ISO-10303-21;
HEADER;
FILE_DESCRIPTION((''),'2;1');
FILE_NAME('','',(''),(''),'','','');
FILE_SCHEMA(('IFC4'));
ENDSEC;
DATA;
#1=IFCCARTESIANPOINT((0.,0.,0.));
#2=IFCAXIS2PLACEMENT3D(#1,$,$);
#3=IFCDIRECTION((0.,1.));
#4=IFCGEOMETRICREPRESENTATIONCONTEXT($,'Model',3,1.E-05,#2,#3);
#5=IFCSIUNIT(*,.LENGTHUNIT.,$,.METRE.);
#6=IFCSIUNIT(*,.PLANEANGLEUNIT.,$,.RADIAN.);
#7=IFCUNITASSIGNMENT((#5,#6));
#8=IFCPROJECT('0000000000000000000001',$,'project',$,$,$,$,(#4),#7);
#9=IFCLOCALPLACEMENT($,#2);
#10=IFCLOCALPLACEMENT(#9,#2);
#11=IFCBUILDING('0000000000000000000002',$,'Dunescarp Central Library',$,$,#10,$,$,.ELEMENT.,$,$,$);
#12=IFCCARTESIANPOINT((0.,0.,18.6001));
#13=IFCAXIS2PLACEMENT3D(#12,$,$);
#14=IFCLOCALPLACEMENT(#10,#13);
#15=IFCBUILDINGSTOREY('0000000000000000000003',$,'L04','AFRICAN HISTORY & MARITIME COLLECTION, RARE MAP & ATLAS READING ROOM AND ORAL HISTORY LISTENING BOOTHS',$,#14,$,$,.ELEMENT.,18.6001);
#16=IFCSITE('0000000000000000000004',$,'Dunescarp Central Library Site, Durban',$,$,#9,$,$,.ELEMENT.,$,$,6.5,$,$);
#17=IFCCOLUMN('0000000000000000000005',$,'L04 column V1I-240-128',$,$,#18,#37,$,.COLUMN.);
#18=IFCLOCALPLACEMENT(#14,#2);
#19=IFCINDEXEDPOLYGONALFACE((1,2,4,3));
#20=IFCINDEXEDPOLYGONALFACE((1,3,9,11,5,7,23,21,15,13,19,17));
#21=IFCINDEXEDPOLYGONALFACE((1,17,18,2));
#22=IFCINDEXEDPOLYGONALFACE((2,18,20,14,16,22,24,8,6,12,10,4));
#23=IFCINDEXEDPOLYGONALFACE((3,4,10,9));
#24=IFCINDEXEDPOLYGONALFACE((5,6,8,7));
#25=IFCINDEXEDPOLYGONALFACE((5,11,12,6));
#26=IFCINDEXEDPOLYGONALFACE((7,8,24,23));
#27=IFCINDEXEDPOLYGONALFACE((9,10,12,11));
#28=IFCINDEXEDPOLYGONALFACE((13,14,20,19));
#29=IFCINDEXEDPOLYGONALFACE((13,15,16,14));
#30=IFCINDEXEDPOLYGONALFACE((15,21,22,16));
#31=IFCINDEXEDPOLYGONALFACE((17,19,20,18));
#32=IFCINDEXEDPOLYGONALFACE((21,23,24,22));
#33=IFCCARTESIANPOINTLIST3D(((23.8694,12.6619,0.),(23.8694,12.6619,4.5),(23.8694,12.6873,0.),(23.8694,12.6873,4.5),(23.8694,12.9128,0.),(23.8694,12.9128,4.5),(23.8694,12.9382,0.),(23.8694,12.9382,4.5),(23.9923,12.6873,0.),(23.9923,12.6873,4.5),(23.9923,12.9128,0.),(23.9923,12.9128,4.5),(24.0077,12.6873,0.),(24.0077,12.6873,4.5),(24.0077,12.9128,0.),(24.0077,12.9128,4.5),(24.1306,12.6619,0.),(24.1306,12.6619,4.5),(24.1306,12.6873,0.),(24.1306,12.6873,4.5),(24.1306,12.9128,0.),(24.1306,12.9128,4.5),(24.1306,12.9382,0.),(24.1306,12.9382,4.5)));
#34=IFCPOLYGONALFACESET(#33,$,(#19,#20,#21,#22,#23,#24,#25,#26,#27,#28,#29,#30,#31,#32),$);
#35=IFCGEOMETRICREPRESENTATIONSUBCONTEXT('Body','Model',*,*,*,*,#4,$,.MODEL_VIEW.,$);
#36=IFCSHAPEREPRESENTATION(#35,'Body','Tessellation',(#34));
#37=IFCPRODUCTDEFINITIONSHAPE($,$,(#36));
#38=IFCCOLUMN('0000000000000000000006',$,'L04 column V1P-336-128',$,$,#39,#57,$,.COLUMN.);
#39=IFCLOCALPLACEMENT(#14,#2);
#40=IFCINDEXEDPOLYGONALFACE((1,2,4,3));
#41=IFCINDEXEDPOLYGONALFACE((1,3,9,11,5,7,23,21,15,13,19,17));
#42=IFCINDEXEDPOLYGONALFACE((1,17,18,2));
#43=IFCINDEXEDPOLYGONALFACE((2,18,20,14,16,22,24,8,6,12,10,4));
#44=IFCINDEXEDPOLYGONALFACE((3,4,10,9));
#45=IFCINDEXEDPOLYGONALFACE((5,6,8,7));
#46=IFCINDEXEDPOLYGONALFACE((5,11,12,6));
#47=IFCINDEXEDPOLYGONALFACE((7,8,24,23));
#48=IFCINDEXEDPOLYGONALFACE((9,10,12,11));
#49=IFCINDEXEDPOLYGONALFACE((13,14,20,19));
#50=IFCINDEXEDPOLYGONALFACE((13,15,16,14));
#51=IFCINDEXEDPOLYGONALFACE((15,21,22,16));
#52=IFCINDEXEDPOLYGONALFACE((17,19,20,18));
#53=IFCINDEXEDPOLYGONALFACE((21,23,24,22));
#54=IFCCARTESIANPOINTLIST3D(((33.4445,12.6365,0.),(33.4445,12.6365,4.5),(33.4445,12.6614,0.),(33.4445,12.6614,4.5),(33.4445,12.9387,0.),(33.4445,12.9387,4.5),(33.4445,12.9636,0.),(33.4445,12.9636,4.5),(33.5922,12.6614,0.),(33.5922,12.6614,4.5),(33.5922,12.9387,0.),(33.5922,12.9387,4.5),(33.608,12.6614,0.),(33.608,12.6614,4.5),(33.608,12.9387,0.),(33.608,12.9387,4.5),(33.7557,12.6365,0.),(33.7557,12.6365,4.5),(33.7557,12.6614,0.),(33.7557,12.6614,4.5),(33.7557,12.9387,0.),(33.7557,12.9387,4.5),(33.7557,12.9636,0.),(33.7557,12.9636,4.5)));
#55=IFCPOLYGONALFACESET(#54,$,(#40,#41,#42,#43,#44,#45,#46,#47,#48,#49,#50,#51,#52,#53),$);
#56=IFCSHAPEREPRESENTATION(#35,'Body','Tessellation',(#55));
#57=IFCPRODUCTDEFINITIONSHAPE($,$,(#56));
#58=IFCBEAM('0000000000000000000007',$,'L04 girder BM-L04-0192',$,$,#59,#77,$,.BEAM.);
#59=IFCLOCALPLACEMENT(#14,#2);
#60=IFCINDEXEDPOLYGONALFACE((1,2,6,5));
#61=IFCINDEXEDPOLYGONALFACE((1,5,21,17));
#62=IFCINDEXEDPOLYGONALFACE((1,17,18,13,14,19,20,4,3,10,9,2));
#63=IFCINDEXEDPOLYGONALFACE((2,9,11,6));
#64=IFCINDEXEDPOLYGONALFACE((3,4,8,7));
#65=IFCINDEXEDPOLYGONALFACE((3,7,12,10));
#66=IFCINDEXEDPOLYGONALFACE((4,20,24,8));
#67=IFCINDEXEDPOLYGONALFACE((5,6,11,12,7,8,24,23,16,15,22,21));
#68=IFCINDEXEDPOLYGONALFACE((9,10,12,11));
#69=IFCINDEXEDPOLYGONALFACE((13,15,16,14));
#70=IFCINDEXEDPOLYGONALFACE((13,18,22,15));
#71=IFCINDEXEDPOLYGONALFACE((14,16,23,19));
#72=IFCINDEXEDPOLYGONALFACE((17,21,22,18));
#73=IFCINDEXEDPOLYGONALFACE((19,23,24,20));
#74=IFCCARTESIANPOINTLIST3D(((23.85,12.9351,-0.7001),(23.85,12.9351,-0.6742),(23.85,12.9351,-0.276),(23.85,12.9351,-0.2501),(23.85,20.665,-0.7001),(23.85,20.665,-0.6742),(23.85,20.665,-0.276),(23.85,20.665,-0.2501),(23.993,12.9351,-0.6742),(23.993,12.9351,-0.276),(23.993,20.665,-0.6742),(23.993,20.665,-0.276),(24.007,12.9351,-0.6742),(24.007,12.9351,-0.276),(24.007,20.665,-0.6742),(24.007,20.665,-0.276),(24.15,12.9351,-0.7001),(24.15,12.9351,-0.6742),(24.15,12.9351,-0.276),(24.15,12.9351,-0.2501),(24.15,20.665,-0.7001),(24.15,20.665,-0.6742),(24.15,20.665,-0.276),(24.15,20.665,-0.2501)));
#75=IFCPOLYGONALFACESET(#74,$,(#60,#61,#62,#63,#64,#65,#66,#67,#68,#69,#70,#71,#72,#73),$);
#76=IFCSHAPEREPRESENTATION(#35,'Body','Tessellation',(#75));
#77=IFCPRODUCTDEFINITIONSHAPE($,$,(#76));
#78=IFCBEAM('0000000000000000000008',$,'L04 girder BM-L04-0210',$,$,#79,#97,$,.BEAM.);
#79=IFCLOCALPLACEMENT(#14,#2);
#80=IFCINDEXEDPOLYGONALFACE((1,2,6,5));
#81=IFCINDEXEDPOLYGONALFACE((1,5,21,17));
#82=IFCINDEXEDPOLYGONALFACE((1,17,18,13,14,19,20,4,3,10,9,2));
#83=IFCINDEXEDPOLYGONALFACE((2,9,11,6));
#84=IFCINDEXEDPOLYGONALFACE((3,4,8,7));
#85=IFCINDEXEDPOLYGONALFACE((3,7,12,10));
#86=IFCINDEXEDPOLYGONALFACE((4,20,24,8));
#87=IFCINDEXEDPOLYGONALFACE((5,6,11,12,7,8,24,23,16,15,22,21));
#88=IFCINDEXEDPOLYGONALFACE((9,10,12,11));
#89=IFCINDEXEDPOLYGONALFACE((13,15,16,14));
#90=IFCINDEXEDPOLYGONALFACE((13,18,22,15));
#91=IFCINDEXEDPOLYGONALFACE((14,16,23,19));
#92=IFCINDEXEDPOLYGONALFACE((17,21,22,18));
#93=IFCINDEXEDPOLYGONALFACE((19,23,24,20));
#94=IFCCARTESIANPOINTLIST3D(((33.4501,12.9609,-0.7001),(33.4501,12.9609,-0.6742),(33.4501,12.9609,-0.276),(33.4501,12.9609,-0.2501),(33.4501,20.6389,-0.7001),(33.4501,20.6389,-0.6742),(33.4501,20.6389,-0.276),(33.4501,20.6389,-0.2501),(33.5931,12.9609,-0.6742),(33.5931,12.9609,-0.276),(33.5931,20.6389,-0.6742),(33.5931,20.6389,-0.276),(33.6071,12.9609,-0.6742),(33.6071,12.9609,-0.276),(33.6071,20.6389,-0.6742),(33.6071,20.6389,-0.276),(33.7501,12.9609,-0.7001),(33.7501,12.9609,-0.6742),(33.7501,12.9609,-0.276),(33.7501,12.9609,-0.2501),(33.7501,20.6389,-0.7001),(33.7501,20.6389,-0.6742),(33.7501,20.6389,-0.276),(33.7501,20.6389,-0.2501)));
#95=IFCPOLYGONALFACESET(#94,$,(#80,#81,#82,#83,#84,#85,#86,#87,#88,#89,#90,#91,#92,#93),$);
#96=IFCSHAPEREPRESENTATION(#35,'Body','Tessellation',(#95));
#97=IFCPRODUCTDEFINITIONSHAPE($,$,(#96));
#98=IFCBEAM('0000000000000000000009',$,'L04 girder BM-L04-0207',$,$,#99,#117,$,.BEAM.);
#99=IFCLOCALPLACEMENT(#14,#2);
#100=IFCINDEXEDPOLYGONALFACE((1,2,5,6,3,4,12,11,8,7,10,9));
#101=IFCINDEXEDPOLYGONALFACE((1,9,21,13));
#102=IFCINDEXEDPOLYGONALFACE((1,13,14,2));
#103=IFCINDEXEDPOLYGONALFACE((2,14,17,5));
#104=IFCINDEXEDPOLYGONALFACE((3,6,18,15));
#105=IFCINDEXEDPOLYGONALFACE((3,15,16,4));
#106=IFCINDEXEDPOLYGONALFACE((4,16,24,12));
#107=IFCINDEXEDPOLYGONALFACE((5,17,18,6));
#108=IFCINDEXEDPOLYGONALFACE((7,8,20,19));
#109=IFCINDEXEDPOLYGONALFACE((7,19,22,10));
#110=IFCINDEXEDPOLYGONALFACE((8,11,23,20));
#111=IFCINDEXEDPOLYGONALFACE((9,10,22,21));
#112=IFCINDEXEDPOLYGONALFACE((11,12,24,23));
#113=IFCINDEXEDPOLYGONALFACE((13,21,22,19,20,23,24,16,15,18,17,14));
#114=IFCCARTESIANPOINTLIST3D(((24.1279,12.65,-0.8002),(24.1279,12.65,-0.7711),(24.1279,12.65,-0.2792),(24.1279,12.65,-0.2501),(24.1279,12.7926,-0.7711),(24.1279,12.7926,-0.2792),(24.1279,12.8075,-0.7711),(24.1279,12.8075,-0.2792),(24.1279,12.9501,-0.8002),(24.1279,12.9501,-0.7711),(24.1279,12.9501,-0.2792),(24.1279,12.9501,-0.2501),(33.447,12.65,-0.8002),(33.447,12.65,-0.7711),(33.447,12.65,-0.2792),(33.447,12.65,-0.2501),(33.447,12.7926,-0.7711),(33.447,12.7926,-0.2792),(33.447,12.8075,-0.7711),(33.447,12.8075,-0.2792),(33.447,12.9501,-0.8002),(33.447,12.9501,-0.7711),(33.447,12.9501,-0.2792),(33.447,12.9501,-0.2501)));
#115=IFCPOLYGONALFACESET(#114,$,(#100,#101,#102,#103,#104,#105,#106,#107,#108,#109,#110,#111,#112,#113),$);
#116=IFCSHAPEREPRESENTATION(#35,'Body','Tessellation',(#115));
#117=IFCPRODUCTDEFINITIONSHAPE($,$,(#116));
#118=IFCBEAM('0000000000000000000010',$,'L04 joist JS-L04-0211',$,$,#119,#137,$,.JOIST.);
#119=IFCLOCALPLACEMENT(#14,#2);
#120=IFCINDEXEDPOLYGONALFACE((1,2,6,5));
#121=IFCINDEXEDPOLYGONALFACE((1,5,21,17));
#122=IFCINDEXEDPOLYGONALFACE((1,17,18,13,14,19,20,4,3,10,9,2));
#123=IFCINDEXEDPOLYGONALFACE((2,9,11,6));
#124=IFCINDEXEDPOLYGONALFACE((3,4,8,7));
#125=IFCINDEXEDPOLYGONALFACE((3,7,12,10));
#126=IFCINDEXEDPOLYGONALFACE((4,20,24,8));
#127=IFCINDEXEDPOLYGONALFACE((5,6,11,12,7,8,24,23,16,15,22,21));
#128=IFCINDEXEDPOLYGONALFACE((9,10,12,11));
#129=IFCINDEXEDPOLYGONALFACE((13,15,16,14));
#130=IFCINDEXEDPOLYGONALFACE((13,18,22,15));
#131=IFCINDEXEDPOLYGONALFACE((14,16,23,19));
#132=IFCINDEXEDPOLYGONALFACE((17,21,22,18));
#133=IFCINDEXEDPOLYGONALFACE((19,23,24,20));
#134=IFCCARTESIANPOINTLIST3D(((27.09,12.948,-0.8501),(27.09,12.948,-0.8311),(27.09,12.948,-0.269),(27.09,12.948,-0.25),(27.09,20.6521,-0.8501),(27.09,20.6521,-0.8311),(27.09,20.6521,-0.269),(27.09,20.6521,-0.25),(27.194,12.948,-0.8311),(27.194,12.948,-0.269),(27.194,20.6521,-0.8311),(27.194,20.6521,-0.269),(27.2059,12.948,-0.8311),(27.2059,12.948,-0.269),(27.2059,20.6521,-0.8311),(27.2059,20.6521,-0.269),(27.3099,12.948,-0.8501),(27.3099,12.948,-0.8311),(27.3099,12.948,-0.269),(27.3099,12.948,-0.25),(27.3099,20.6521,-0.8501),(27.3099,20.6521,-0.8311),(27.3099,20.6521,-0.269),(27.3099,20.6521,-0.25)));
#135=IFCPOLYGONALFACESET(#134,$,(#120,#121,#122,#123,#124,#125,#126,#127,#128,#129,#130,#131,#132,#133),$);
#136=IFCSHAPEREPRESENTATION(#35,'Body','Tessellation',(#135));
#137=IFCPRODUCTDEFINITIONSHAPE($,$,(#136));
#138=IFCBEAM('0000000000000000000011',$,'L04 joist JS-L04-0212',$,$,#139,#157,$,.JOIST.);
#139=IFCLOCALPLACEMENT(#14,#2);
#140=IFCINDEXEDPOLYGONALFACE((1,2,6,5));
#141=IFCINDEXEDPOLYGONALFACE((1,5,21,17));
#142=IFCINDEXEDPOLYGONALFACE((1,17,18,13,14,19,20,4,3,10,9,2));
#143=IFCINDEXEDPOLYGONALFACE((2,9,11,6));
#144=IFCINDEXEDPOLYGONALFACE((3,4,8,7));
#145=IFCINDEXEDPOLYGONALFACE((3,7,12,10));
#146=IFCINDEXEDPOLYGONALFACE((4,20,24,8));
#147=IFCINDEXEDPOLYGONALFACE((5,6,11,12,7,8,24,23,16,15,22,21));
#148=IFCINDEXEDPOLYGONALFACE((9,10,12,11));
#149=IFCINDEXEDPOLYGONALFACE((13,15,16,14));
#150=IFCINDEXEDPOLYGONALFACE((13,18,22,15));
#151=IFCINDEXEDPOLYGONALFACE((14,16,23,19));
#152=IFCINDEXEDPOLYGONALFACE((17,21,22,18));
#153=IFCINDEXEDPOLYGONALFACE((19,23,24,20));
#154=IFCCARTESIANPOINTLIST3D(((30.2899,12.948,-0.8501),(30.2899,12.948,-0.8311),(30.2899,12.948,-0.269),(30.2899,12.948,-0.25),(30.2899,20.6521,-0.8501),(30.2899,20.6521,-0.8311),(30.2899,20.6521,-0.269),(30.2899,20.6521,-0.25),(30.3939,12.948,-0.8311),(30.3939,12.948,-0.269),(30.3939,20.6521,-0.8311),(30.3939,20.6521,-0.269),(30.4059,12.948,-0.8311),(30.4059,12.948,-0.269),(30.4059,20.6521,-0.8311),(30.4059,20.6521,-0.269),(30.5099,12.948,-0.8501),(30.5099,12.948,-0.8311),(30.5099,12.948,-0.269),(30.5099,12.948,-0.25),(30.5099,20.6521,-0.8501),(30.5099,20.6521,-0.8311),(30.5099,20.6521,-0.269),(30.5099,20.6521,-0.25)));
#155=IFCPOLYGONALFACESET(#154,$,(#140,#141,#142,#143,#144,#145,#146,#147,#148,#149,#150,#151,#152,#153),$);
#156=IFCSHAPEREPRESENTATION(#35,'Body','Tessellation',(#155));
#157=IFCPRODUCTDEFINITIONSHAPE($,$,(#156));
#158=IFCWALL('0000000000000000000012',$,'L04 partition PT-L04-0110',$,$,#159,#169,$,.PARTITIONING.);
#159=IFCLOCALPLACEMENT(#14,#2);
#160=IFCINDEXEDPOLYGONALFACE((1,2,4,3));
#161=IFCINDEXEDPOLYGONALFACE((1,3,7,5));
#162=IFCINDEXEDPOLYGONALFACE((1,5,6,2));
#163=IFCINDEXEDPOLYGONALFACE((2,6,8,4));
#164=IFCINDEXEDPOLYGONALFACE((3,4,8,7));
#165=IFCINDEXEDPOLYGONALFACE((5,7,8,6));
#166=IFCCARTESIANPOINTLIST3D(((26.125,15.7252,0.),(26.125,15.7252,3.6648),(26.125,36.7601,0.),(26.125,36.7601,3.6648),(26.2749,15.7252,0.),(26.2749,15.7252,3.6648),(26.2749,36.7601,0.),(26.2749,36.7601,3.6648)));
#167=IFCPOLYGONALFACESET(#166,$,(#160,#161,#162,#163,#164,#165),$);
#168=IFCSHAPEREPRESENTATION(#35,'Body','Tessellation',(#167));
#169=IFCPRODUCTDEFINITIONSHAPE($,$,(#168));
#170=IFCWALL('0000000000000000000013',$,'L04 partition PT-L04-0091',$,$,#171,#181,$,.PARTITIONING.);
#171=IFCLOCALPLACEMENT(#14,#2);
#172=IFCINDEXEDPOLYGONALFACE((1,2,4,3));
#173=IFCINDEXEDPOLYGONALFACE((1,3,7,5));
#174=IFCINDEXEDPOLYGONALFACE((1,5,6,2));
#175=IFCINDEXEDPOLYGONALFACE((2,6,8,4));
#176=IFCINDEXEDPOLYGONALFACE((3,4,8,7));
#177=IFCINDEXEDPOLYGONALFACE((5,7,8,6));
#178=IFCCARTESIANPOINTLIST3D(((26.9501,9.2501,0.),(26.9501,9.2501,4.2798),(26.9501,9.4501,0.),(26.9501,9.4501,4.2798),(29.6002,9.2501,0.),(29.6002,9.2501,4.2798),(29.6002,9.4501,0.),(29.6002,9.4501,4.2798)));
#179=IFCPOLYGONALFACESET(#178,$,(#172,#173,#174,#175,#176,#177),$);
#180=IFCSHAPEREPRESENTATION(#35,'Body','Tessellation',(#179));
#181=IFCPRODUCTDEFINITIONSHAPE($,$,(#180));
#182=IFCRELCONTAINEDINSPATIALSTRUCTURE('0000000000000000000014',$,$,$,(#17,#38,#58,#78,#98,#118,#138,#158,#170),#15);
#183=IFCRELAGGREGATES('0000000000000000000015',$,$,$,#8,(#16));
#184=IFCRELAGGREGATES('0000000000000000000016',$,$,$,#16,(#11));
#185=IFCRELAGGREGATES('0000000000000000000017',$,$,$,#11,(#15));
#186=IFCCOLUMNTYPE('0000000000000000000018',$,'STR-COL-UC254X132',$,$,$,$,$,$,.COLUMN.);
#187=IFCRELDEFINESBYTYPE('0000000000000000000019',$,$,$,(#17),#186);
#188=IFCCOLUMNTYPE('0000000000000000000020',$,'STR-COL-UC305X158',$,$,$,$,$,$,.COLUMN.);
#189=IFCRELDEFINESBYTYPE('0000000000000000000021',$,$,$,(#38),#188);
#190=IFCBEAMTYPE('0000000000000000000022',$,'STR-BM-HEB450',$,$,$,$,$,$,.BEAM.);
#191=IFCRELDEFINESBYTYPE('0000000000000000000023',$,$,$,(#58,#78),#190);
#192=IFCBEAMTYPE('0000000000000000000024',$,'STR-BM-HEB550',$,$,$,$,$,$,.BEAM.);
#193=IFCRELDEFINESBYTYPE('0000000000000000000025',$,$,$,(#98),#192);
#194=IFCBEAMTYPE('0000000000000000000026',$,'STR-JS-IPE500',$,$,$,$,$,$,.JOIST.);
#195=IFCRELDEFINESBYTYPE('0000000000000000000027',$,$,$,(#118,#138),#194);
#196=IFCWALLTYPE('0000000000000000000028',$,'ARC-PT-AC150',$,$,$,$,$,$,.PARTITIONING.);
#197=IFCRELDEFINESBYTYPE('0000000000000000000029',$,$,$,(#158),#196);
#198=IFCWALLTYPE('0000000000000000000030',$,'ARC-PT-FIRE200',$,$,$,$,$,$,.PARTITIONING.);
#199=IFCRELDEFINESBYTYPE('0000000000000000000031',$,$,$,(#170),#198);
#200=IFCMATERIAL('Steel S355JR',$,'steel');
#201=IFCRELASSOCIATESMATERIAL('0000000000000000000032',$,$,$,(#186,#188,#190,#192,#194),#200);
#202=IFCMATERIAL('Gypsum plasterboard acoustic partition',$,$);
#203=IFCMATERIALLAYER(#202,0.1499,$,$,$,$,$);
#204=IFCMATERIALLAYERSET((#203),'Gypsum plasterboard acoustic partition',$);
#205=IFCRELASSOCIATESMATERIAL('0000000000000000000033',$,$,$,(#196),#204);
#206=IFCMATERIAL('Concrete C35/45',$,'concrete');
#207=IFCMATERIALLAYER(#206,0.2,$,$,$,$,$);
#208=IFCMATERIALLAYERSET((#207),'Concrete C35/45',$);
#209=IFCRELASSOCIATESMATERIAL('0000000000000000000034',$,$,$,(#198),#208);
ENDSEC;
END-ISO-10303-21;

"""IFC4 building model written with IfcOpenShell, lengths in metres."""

from ifc_helpers import new_model, si_unit, direction, frame, frame_2d, origin, origin_2d, place, context, subcontext, project, spatial, rectangle, i_section, extrude, material, layer, layer_set, material_profile, profile_set, type_object, element, save


model = new_model("IFC4")

# Units and contexts
model_context = context("Model", 3, precision=1e-05, world=origin(), true_north=direction((0.0, 1.0)))
body_context = subcontext(model_context, "Body", "Model", "MODEL_VIEW")
ifc_project = project(units=[si_unit("LENGTHUNIT", "METRE"), si_unit("PLANEANGLEUNIT", "RADIAN")], contexts=[model_context])

# Site, building, storey
site_placement = place(None, origin())
site = spatial("IfcSite", under=ifc_project, at=site_placement, Name="Dunescarp Central Library Site, Durban", CompositionType="ELEMENT", RefElevation=6.5)
building_placement = place(site_placement, origin())
building = spatial("IfcBuilding", under=site, at=building_placement, Name="Dunescarp Central Library", CompositionType="ELEMENT")
storey_placement = place(building_placement, frame((0.0, 0.0, 18.6001)))
storey = spatial("IfcBuildingStorey", under=building, at=storey_placement, Name="L04", Description="AFRICAN HISTORY & MARITIME COLLECTION, RARE MAP & ATLAS READING ROOM AND ORAL HISTORY LISTENING BOOTHS", CompositionType="ELEMENT", Elevation=18.6001)

# Columns
ifc_material_1 = material(Name="Steel S355JR", Category="steel")
ifc_material_profile_1 = material_profile(ifc_material_1, i_section(OverallWidth=0.2612, OverallDepth=0.2764, WebThickness=0.0154, FlangeThickness=0.0254, at=origin_2d()), Name="UC 254x254x132")
ifc_profile_set_1 = profile_set([ifc_material_profile_1], Name="Steel S355JR")
column_type_1 = type_object("IfcColumnType", Name="STR-COL-UC254X132", PredefinedType="COLUMN", material=ifc_profile_set_1)
column_1_placement = place(storey_placement, frame((24.0, 12.8, 0.0), z_axis=(0.0, 0.0, 1.0), x_axis=(1.0, 0.0, 0.0)))
element("IfcColumn", 1, at=column_1_placement, inside=storey, type_object=column_type_1, Name="L04 column V1I-240-128", PredefinedType="COLUMN", context=body_context, shape_type="SweptSolid", body=[
    extrude(i_section(OverallWidth=0.2612, OverallDepth=0.2764, WebThickness=0.0154, FlangeThickness=0.0254, at=origin_2d()), origin(), (0.0, 0.0, 1.0), 4.5),
])
ifc_material_profile_2 = material_profile(ifc_material_1, i_section(OverallWidth=0.3113, OverallDepth=0.3271, WebThickness=0.0159, FlangeThickness=0.0249, at=origin_2d()), Name="UC 305x305x158")
ifc_profile_set_2 = profile_set([ifc_material_profile_2], Name="Steel S355JR")
column_type_2 = type_object("IfcColumnType", Name="STR-COL-UC305X158", PredefinedType="COLUMN", material=ifc_profile_set_2)
column_2_placement = place(storey_placement, frame((33.6001, 12.8, 0.0), z_axis=(0.0, 0.0, 1.0), x_axis=(1.0, 0.0, 0.0)))
element("IfcColumn", 2, at=column_2_placement, inside=storey, type_object=column_type_2, Name="L04 column V1P-336-128", PredefinedType="COLUMN", context=body_context, shape_type="SweptSolid", body=[
    extrude(i_section(OverallWidth=0.3113, OverallDepth=0.3271, WebThickness=0.0159, FlangeThickness=0.0249, at=origin_2d()), origin(), (0.0, 0.0, 1.0), 4.5),
])

# Beams
ifc_material_profile_3 = material_profile(ifc_material_1, i_section(OverallWidth=0.3, OverallDepth=0.45, WebThickness=0.0139, FlangeThickness=0.0259, at=origin_2d()), Name="HEB 450")
ifc_profile_set_3 = profile_set([ifc_material_profile_3], Name="Steel S355JR")
beam_type_1 = type_object("IfcBeamType", Name="STR-BM-HEB450", PredefinedType="BEAM", material=ifc_profile_set_3)
beam_1_placement = place(storey_placement, frame((24.0, 12.9351, -0.4751), z_axis=(0.0, 1.0, 0.0), x_axis=(-1.0, 0.0, 0.0)))
element("IfcBeam", 3, at=beam_1_placement, inside=storey, type_object=beam_type_1, Name="L04 girder BM-L04-0192", PredefinedType="BEAM", context=body_context, shape_type="SweptSolid", body=[
    extrude(i_section(OverallWidth=0.3, OverallDepth=0.45, WebThickness=0.0139, FlangeThickness=0.0259, at=origin_2d()), origin(), (0.0, 0.0, 1.0), 7.73),
])
beam_2_placement = place(storey_placement, frame((33.6001, 12.9609, -0.4751), z_axis=(0.0, 1.0, 0.0), x_axis=(-1.0, 0.0, 0.0)))
element("IfcBeam", 4, at=beam_2_placement, inside=storey, type_object=beam_type_1, Name="L04 girder BM-L04-0210", PredefinedType="BEAM", context=body_context, shape_type="SweptSolid", body=[
    extrude(i_section(OverallWidth=0.3, OverallDepth=0.45, WebThickness=0.0139, FlangeThickness=0.0259, at=origin_2d()), origin(), (0.0, 0.0, 1.0), 7.678),
])
ifc_material_profile_4 = material_profile(ifc_material_1, i_section(OverallWidth=0.3, OverallDepth=0.55, WebThickness=0.0149, FlangeThickness=0.0291, at=origin_2d()), Name="HEB 550")
ifc_profile_set_4 = profile_set([ifc_material_profile_4], Name="Steel S355JR")
beam_type_2 = type_object("IfcBeamType", Name="STR-BM-HEB550", PredefinedType="BEAM", material=ifc_profile_set_4)
beam_3_placement = place(storey_placement, frame((24.1279, 12.8, -0.5251), z_axis=(1.0, 0.0, 0.0), x_axis=(0.0, 1.0, 0.0)))
element("IfcBeam", 5, at=beam_3_placement, inside=storey, type_object=beam_type_2, Name="L04 girder BM-L04-0207", PredefinedType="BEAM", context=body_context, shape_type="SweptSolid", body=[
    extrude(i_section(OverallWidth=0.3, OverallDepth=0.55, WebThickness=0.0149, FlangeThickness=0.0291, at=origin_2d()), origin(), (0.0, 0.0, 1.0), 9.3191),
])
ifc_material_profile_5 = material_profile(ifc_material_1, i_section(OverallWidth=0.22, OverallDepth=0.6001, WebThickness=0.012, FlangeThickness=0.019, at=origin_2d()), Name="IPE 600")
ifc_profile_set_5 = profile_set([ifc_material_profile_5], Name="Steel S355JR")
beam_type_3 = type_object("IfcBeamType", Name="STR-JS-IPE500", PredefinedType="JOIST", material=ifc_profile_set_5)
for number, where, z_axis, x_axis, name in (
    (6, (27.2, 12.948, -0.55), (0.0, 1.0, 0.0), (-1.0, 0.0, 0.0), "L04 joist JS-L04-0211"),
    (7, (30.3999, 12.948, -0.55), (0.0, 1.0, 0.0), (-1.0, 0.0, 0.0), "L04 joist JS-L04-0212"),
):
    element("IfcBeam", number, at=place(storey_placement, frame(where, z_axis=z_axis, x_axis=x_axis)), inside=storey, type_object=beam_type_3, Name=name, PredefinedType="JOIST", context=body_context, shape_type="SweptSolid", body=[
        extrude(i_section(OverallWidth=0.22, OverallDepth=0.6001, WebThickness=0.012, FlangeThickness=0.019, at=origin_2d()), origin(), (0.0, 0.0, 1.0), 7.7041),
    ])

# Walls
ifc_material_2 = material(Name="Gypsum plasterboard acoustic partition")
ifc_layer_1 = layer(ifc_material_2, 0.1499)
ifc_layer_set_1 = layer_set([ifc_layer_1], Name="Gypsum plasterboard acoustic partition")
wall_type_1 = type_object("IfcWallType", Name="ARC-PT-AC150", PredefinedType="PARTITIONING", material=ifc_layer_set_1)
wall_1_placement = place(storey_placement, frame((26.2, 15.7251, 0.0), z_axis=(0.0, 0.0, 1.0), x_axis=(0.0, 1.0, 0.0)))
element("IfcWall", 8, at=wall_1_placement, inside=storey, type_object=wall_type_1, Name="L04 partition PT-L04-0110", PredefinedType="PARTITIONING", context=body_context, shape_type="SweptSolid", body=[
    extrude(rectangle(XDim=21.0349, YDim=0.1499, at=frame_2d((10.5176, 0.0))), origin(), (0.0, 0.0, 1.0), 3.6648),
])
ifc_material_3 = material(Name="Concrete C35/45", Category="concrete")
ifc_layer_2 = layer(ifc_material_3, 0.2)
ifc_layer_set_2 = layer_set([ifc_layer_2], Name="Concrete C35/45")
wall_type_2 = type_object("IfcWallType", Name="ARC-PT-FIRE200", PredefinedType="PARTITIONING", material=ifc_layer_set_2)
wall_2_placement = place(storey_placement, frame((26.95, 9.3501, 0.0), z_axis=(0.0, 0.0, 1.0), x_axis=(1.0, 0.0, 0.0)))
element("IfcWall", 9, at=wall_2_placement, inside=storey, type_object=wall_type_2, Name="L04 partition PT-L04-0091", PredefinedType="PARTITIONING", context=body_context, shape_type="SweptSolid", body=[
    extrude(rectangle(XDim=2.6501, YDim=0.2, at=frame_2d((1.3252, 0.0))), origin(), (0.0, 0.0, 1.0), 4.2798),
])

save(model, "model.ifc")
